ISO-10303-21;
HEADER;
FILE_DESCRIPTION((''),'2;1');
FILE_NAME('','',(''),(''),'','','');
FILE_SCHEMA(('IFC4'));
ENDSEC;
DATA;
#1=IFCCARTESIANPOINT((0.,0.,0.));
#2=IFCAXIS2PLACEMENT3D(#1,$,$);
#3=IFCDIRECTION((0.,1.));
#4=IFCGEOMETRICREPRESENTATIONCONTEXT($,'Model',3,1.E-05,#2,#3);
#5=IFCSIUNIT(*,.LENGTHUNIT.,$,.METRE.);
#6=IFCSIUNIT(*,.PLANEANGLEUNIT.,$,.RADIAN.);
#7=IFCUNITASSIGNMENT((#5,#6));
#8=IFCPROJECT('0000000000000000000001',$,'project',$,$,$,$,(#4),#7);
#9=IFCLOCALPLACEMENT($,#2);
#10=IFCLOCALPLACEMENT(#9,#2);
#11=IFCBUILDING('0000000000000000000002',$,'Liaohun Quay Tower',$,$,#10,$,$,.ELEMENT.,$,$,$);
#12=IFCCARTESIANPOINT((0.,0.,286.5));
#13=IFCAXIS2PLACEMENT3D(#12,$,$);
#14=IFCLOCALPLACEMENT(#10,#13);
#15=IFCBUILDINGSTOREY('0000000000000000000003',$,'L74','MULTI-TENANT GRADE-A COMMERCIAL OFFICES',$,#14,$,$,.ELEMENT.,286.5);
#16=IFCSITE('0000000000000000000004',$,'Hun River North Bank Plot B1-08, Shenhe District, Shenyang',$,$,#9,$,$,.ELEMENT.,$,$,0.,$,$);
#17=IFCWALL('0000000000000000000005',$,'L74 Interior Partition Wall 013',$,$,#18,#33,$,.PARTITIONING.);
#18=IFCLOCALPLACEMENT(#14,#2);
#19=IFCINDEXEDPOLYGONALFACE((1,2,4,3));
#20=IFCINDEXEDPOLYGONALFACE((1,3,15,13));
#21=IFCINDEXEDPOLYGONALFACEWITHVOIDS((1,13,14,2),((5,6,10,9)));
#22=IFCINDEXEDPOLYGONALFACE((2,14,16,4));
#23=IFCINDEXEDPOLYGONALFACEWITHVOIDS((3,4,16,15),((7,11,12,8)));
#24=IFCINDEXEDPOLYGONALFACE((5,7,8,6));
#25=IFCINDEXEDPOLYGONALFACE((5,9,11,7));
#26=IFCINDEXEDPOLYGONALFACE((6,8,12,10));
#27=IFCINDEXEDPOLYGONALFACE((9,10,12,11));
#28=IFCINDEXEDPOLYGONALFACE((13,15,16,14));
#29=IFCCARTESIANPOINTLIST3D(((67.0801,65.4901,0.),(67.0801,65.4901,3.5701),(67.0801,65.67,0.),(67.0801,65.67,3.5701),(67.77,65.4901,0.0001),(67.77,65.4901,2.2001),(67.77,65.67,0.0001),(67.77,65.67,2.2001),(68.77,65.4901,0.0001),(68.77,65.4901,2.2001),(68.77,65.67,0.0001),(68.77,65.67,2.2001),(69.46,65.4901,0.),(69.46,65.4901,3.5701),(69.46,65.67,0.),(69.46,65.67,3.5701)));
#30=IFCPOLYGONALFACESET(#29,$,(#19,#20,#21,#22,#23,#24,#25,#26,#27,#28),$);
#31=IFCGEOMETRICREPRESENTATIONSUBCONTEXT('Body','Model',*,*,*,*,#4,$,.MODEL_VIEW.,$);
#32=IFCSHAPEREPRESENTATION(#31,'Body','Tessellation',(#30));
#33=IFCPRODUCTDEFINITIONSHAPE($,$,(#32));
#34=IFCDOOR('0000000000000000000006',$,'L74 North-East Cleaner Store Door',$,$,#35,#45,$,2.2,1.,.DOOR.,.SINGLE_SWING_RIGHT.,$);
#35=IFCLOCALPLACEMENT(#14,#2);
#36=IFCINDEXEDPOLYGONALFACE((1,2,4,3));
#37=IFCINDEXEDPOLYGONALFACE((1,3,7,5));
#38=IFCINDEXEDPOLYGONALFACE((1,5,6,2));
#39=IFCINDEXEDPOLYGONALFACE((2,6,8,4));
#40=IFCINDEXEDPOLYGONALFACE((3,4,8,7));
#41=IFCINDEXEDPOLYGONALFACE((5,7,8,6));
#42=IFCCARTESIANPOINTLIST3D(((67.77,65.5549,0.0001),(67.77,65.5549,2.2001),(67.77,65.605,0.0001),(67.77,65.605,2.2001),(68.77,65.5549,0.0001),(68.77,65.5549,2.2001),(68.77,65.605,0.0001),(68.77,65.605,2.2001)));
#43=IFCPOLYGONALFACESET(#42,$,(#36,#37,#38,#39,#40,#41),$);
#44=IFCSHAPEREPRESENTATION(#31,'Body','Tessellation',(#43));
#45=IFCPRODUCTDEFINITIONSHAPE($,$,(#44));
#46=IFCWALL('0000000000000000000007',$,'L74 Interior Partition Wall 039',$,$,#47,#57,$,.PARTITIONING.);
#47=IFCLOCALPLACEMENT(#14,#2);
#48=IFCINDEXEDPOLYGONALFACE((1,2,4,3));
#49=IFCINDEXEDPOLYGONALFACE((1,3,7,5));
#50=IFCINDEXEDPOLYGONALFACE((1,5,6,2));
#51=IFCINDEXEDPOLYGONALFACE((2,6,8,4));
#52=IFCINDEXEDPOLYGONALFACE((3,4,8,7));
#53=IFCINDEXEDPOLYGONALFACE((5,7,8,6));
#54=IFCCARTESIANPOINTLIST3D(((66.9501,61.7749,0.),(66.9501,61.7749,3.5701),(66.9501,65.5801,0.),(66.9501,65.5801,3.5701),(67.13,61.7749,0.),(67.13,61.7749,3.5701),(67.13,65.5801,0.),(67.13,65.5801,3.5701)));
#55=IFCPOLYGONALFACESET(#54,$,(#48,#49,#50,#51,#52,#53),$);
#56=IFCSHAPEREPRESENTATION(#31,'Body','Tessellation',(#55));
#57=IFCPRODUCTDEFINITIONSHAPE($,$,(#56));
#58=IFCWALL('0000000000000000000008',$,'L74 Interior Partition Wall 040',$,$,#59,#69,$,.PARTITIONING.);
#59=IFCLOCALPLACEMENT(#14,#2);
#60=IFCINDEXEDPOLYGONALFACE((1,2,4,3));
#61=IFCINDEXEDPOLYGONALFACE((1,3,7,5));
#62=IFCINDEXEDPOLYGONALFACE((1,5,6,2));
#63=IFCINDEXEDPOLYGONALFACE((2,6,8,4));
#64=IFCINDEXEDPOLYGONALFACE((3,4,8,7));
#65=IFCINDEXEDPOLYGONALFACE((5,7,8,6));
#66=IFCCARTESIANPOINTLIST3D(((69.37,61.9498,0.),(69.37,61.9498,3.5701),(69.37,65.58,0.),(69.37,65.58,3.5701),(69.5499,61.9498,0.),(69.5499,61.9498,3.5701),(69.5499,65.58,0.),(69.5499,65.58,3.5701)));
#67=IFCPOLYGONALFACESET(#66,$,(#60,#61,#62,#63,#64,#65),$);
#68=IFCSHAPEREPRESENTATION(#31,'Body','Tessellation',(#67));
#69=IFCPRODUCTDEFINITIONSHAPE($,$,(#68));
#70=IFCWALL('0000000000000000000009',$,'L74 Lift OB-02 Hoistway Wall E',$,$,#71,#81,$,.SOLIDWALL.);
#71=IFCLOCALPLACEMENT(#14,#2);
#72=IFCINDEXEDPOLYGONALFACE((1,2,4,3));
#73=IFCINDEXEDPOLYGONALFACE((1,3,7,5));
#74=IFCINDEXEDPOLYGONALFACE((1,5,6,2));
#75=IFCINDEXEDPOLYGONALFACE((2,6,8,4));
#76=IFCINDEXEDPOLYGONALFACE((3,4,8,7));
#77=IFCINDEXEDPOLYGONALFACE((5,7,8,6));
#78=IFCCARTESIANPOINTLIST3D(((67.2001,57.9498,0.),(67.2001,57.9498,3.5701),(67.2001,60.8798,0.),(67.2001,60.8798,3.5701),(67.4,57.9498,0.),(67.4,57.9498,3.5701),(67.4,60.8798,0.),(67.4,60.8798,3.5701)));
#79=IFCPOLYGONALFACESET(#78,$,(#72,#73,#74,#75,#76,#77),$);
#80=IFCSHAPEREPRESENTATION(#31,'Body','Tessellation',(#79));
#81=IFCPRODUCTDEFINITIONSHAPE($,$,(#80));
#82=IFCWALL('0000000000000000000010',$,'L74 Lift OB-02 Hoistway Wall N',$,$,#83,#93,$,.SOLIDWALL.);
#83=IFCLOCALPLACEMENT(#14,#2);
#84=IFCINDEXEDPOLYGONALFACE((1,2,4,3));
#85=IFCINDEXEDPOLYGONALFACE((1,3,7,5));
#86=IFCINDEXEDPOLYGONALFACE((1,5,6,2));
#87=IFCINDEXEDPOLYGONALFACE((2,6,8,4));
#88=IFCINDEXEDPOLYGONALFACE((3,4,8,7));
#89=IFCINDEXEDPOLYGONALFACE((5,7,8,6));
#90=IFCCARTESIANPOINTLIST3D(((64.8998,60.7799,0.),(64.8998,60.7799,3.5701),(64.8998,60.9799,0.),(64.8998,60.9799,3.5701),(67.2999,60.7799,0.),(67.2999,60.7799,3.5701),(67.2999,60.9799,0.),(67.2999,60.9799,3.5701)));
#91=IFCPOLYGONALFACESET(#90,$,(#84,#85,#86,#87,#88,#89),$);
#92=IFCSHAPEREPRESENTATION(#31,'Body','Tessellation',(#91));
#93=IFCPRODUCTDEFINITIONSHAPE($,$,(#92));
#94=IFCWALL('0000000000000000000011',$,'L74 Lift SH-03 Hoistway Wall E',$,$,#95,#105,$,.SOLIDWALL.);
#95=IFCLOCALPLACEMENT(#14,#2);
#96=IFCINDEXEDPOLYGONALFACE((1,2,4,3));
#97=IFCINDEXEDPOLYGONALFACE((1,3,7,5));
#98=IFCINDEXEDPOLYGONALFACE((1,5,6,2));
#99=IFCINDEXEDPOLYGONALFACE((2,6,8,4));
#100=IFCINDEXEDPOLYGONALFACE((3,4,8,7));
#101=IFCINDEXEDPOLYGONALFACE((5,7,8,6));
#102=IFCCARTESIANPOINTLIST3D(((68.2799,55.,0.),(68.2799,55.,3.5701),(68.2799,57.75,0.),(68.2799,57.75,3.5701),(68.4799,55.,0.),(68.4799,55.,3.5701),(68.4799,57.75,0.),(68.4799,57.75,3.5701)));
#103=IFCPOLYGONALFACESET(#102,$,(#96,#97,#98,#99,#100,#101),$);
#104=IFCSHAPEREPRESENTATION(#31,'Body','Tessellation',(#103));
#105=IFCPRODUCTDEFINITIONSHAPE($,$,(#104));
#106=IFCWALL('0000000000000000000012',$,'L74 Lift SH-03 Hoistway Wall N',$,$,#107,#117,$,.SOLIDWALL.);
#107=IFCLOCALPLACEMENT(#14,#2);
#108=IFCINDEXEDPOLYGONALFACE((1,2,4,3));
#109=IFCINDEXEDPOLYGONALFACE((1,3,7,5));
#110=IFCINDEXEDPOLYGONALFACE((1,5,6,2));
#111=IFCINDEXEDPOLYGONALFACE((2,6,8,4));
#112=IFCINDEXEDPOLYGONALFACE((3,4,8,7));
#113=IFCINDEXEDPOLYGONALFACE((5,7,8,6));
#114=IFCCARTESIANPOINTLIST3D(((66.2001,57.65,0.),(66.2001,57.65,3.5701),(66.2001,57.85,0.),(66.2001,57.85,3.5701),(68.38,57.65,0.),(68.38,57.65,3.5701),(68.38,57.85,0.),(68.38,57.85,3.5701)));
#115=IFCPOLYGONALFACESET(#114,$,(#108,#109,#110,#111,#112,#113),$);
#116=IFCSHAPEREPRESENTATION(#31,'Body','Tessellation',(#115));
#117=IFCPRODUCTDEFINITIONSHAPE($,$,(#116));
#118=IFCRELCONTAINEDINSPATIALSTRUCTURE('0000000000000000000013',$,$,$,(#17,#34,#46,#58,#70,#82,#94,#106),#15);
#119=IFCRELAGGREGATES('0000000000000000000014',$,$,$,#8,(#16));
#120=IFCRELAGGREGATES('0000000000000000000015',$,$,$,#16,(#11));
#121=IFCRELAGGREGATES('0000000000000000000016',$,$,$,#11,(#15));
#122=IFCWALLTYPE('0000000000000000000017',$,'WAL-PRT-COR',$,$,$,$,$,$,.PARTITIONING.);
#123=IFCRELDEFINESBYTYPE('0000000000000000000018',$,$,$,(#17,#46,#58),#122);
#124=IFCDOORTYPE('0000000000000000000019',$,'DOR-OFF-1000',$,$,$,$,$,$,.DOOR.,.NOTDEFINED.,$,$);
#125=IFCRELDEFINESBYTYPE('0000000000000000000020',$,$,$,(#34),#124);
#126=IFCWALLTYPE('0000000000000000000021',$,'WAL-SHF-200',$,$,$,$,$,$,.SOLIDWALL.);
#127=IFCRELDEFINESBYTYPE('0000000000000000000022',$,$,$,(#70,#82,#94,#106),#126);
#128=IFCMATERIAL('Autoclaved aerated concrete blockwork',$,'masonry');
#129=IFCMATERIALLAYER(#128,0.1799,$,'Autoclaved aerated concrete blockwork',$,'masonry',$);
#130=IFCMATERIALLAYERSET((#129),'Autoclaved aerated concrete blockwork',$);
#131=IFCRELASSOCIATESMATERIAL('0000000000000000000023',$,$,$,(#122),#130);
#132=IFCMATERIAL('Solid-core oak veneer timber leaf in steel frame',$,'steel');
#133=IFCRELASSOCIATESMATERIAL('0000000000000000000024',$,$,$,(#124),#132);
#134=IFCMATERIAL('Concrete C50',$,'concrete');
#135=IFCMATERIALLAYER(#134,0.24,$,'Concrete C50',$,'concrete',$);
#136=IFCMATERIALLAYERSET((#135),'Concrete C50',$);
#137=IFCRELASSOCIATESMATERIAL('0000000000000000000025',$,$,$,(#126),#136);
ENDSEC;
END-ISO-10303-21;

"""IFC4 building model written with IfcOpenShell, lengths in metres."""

from ifc_helpers import new_model, si_unit, direction, frame, frame_2d, origin, place, context, subcontext, project, spatial, rectangle, extrude, source, transform, mapped, material, layer, layer_set, type_object, element, fill, save


model = new_model("IFC4")

# Units and contexts
model_context = context("Model", 3, precision=1e-05, world=origin(), true_north=direction((0.0, 1.0)))
body_context = subcontext(model_context, "Body", "Model", "MODEL_VIEW")
ifc_project = project(units=[si_unit("LENGTHUNIT", "METRE"), si_unit("PLANEANGLEUNIT", "RADIAN")], contexts=[model_context])

# Site, building, storey
site_placement = place(None, origin())
site = spatial("IfcSite", under=ifc_project, at=site_placement, Name="Hun River North Bank Plot B1-08, Shenhe District, Shenyang", CompositionType="ELEMENT", RefElevation=0.0)
building_placement = place(site_placement, origin())
building = spatial("IfcBuilding", under=site, at=building_placement, Name="Liaohun Quay Tower", CompositionType="ELEMENT")
storey_placement = place(building_placement, frame((0.0, 0.0, 286.5)))
storey = spatial("IfcBuildingStorey", under=building, at=storey_placement, Name="L74", Description="MULTI-TENANT GRADE-A COMMERCIAL OFFICES", CompositionType="ELEMENT", Elevation=286.5)

# Shared definitions
ifc_material_1 = material(Name="Concrete C50", Category="concrete")

# Wall, opening, door
ifc_material_2 = material(Name="Autoclaved aerated concrete blockwork", Category="masonry")
ifc_layer_1 = layer(ifc_material_2, 0.1799, Name="Autoclaved aerated concrete blockwork", Category="masonry")
ifc_layer_set_1 = layer_set([ifc_layer_1], Name="Autoclaved aerated concrete blockwork")
wall_type_1 = type_object("IfcWallType", Name="WAL-PRT-COR", PredefinedType="PARTITIONING", material=ifc_layer_set_1)
wall_1_placement = place(storey_placement, frame((67.0801, 65.5801, 0.0), z_axis=(0.0, 0.0, 1.0), x_axis=(1.0, 0.0, 0.0)))
wall_1 = element("IfcWall", 1, at=wall_1_placement, inside=storey, type_object=wall_type_1, Name="L74 Interior Partition Wall 013", PredefinedType="PARTITIONING", context=body_context, shape_type="SweptSolid", body=[
    extrude(rectangle(XDim=2.3799, YDim=0.1799, at=frame_2d((1.1899, 0.0))), origin(), (0.0, 0.0, 1.0), 3.5701),
])
shared_shape_1 = source(origin(), body_context, "Body", "SweptSolid", [
    extrude(rectangle(XDim=1.0, YDim=2.2, at=frame_2d((0.5, 1.1001))), frame((0.0, 0.0999, 0.0), z_axis=(0.0, -1.0, 0.0), x_axis=(1.0, 0.0, 0.0)), (0.0, 0.0, 1.0), 0.2),
])
opening_1_placement = place(wall_1_placement, frame((0.6899, 0.0, 0.0)))
opening_1 = element("IfcOpeningElement", 2, at=opening_1_placement, cuts=wall_1, PredefinedType="OPENING", context=body_context, shape_type="MappedRepresentation", body=[
    mapped(shared_shape_1, transform((0.0, 0.0, 0.0), x_axis=(1.0, 0.0, 0.0), y_axis=(0.0, 1.0, 0.0), z_axis=(0.0, 0.0, 1.0), scale=1.0)),
])
ifc_material_3 = material(Name="Solid-core oak veneer timber leaf in steel frame", Category="steel")
door_type_1 = type_object("IfcDoorType", Name="DOR-OFF-1000", OperationType="NOTDEFINED", PredefinedType="DOOR", material=ifc_material_3)
shared_shape_2 = source(origin(), body_context, "Body", "SweptSolid", [
    extrude(rectangle(XDim=1.0, YDim=2.2, at=frame_2d((0.5, 1.1001))), frame((0.0, 0.0249, 0.0), z_axis=(0.0, -1.0, 0.0), x_axis=(1.0, 0.0, 0.0)), (0.0, 0.0, 1.0), 0.05),
])
door_1_placement = place(opening_1_placement, origin())
door_1 = element("IfcDoor", 3, at=door_1_placement, inside=storey, type_object=door_type_1, Name="L74 North-East Cleaner Store Door", OperationType="SINGLE_SWING_RIGHT", OverallHeight=2.2, OverallWidth=1.0, PredefinedType="DOOR", context=body_context, shape_type="MappedRepresentation", body=[
    mapped(shared_shape_2, transform((0.0, 0.0, 0.0), x_axis=(1.0, 0.0, 0.0), y_axis=(0.0, 1.0, 0.0), z_axis=(0.0, 0.0, 1.0), scale=1.0)),
])
fill(opening_1, door_1)

# Walls
wall_2_placement = place(storey_placement, frame((67.04, 61.7749, 0.0), z_axis=(0.0, 0.0, 1.0), x_axis=(0.0, 1.0, 0.0)))
element("IfcWall", 4, at=wall_2_placement, inside=storey, type_object=wall_type_1, Name="L74 Interior Partition Wall 039", PredefinedType="PARTITIONING", context=body_context, shape_type="SweptSolid", body=[
    extrude(rectangle(XDim=3.8052, YDim=0.1799, at=frame_2d((1.9026, 0.0))), origin(), (0.0, 0.0, 1.0), 3.5701),
])
wall_3_placement = place(storey_placement, frame((69.46, 61.95, 0.0), z_axis=(0.0, 0.0, 1.0), x_axis=(0.0, 1.0, 0.0)))
element("IfcWall", 5, at=wall_3_placement, inside=storey, type_object=wall_type_1, Name="L74 Interior Partition Wall 040", PredefinedType="PARTITIONING", context=body_context, shape_type="SweptSolid", body=[
    extrude(rectangle(XDim=3.6301, YDim=0.1799, at=frame_2d((1.8149, 0.0))), origin(), (0.0, 0.0, 1.0), 3.5701),
])
ifc_layer_2 = layer(ifc_material_1, 0.24, Name="Concrete C50", Category="concrete")
ifc_layer_set_2 = layer_set([ifc_layer_2], Name="Concrete C50")
wall_type_2 = type_object("IfcWallType", Name="WAL-SHF-200", PredefinedType="SOLIDWALL", material=ifc_layer_set_2)
wall_4_placement = place(storey_placement, frame((67.3, 57.95, 0.0), z_axis=(0.0, 0.0, 1.0), x_axis=(0.0, 1.0, 0.0)))
element("IfcWall", 6, at=wall_4_placement, inside=storey, type_object=wall_type_2, Name="L74 Lift OB-02 Hoistway Wall E", PredefinedType="SOLIDWALL", context=body_context, shape_type="SweptSolid", body=[
    extrude(rectangle(XDim=2.9299, YDim=0.2, at=frame_2d((1.4648, 0.0))), origin(), (0.0, 0.0, 1.0), 3.5701),
])
wall_5_placement = place(storey_placement, frame((67.3, 60.8799, 0.0), z_axis=(0.0, 0.0, 1.0), x_axis=(-1.0, 0.0, 0.0)))
element("IfcWall", 7, at=wall_5_placement, inside=storey, type_object=wall_type_2, Name="L74 Lift OB-02 Hoistway Wall N", PredefinedType="SOLIDWALL", context=body_context, shape_type="SweptSolid", body=[
    extrude(rectangle(XDim=2.4001, YDim=0.2, at=frame_2d((1.2002, 0.0))), origin(), (0.0, 0.0, 1.0), 3.5701),
])
wall_6_placement = place(storey_placement, frame((68.3799, 55.0, 0.0), z_axis=(0.0, 0.0, 1.0), x_axis=(0.0, 1.0, 0.0)))
element("IfcWall", 8, at=wall_6_placement, inside=storey, type_object=wall_type_2, Name="L74 Lift SH-03 Hoistway Wall E", PredefinedType="SOLIDWALL", context=body_context, shape_type="SweptSolid", body=[
    extrude(rectangle(XDim=2.75, YDim=0.2, at=frame_2d((1.375, 0.0))), origin(), (0.0, 0.0, 1.0), 3.5701),
])
wall_7_placement = place(storey_placement, frame((68.3799, 57.75, 0.0), z_axis=(0.0, 0.0, 1.0), x_axis=(-1.0, 0.0, 0.0)))
element("IfcWall", 9, at=wall_7_placement, inside=storey, type_object=wall_type_2, Name="L74 Lift SH-03 Hoistway Wall N", PredefinedType="SOLIDWALL", context=body_context, shape_type="SweptSolid", body=[
    extrude(rectangle(XDim=2.1799, YDim=0.2, at=frame_2d((1.0898, 0.0))), origin(), (0.0, 0.0, 1.0), 3.5701),
])

save(model, "model.ifc")
